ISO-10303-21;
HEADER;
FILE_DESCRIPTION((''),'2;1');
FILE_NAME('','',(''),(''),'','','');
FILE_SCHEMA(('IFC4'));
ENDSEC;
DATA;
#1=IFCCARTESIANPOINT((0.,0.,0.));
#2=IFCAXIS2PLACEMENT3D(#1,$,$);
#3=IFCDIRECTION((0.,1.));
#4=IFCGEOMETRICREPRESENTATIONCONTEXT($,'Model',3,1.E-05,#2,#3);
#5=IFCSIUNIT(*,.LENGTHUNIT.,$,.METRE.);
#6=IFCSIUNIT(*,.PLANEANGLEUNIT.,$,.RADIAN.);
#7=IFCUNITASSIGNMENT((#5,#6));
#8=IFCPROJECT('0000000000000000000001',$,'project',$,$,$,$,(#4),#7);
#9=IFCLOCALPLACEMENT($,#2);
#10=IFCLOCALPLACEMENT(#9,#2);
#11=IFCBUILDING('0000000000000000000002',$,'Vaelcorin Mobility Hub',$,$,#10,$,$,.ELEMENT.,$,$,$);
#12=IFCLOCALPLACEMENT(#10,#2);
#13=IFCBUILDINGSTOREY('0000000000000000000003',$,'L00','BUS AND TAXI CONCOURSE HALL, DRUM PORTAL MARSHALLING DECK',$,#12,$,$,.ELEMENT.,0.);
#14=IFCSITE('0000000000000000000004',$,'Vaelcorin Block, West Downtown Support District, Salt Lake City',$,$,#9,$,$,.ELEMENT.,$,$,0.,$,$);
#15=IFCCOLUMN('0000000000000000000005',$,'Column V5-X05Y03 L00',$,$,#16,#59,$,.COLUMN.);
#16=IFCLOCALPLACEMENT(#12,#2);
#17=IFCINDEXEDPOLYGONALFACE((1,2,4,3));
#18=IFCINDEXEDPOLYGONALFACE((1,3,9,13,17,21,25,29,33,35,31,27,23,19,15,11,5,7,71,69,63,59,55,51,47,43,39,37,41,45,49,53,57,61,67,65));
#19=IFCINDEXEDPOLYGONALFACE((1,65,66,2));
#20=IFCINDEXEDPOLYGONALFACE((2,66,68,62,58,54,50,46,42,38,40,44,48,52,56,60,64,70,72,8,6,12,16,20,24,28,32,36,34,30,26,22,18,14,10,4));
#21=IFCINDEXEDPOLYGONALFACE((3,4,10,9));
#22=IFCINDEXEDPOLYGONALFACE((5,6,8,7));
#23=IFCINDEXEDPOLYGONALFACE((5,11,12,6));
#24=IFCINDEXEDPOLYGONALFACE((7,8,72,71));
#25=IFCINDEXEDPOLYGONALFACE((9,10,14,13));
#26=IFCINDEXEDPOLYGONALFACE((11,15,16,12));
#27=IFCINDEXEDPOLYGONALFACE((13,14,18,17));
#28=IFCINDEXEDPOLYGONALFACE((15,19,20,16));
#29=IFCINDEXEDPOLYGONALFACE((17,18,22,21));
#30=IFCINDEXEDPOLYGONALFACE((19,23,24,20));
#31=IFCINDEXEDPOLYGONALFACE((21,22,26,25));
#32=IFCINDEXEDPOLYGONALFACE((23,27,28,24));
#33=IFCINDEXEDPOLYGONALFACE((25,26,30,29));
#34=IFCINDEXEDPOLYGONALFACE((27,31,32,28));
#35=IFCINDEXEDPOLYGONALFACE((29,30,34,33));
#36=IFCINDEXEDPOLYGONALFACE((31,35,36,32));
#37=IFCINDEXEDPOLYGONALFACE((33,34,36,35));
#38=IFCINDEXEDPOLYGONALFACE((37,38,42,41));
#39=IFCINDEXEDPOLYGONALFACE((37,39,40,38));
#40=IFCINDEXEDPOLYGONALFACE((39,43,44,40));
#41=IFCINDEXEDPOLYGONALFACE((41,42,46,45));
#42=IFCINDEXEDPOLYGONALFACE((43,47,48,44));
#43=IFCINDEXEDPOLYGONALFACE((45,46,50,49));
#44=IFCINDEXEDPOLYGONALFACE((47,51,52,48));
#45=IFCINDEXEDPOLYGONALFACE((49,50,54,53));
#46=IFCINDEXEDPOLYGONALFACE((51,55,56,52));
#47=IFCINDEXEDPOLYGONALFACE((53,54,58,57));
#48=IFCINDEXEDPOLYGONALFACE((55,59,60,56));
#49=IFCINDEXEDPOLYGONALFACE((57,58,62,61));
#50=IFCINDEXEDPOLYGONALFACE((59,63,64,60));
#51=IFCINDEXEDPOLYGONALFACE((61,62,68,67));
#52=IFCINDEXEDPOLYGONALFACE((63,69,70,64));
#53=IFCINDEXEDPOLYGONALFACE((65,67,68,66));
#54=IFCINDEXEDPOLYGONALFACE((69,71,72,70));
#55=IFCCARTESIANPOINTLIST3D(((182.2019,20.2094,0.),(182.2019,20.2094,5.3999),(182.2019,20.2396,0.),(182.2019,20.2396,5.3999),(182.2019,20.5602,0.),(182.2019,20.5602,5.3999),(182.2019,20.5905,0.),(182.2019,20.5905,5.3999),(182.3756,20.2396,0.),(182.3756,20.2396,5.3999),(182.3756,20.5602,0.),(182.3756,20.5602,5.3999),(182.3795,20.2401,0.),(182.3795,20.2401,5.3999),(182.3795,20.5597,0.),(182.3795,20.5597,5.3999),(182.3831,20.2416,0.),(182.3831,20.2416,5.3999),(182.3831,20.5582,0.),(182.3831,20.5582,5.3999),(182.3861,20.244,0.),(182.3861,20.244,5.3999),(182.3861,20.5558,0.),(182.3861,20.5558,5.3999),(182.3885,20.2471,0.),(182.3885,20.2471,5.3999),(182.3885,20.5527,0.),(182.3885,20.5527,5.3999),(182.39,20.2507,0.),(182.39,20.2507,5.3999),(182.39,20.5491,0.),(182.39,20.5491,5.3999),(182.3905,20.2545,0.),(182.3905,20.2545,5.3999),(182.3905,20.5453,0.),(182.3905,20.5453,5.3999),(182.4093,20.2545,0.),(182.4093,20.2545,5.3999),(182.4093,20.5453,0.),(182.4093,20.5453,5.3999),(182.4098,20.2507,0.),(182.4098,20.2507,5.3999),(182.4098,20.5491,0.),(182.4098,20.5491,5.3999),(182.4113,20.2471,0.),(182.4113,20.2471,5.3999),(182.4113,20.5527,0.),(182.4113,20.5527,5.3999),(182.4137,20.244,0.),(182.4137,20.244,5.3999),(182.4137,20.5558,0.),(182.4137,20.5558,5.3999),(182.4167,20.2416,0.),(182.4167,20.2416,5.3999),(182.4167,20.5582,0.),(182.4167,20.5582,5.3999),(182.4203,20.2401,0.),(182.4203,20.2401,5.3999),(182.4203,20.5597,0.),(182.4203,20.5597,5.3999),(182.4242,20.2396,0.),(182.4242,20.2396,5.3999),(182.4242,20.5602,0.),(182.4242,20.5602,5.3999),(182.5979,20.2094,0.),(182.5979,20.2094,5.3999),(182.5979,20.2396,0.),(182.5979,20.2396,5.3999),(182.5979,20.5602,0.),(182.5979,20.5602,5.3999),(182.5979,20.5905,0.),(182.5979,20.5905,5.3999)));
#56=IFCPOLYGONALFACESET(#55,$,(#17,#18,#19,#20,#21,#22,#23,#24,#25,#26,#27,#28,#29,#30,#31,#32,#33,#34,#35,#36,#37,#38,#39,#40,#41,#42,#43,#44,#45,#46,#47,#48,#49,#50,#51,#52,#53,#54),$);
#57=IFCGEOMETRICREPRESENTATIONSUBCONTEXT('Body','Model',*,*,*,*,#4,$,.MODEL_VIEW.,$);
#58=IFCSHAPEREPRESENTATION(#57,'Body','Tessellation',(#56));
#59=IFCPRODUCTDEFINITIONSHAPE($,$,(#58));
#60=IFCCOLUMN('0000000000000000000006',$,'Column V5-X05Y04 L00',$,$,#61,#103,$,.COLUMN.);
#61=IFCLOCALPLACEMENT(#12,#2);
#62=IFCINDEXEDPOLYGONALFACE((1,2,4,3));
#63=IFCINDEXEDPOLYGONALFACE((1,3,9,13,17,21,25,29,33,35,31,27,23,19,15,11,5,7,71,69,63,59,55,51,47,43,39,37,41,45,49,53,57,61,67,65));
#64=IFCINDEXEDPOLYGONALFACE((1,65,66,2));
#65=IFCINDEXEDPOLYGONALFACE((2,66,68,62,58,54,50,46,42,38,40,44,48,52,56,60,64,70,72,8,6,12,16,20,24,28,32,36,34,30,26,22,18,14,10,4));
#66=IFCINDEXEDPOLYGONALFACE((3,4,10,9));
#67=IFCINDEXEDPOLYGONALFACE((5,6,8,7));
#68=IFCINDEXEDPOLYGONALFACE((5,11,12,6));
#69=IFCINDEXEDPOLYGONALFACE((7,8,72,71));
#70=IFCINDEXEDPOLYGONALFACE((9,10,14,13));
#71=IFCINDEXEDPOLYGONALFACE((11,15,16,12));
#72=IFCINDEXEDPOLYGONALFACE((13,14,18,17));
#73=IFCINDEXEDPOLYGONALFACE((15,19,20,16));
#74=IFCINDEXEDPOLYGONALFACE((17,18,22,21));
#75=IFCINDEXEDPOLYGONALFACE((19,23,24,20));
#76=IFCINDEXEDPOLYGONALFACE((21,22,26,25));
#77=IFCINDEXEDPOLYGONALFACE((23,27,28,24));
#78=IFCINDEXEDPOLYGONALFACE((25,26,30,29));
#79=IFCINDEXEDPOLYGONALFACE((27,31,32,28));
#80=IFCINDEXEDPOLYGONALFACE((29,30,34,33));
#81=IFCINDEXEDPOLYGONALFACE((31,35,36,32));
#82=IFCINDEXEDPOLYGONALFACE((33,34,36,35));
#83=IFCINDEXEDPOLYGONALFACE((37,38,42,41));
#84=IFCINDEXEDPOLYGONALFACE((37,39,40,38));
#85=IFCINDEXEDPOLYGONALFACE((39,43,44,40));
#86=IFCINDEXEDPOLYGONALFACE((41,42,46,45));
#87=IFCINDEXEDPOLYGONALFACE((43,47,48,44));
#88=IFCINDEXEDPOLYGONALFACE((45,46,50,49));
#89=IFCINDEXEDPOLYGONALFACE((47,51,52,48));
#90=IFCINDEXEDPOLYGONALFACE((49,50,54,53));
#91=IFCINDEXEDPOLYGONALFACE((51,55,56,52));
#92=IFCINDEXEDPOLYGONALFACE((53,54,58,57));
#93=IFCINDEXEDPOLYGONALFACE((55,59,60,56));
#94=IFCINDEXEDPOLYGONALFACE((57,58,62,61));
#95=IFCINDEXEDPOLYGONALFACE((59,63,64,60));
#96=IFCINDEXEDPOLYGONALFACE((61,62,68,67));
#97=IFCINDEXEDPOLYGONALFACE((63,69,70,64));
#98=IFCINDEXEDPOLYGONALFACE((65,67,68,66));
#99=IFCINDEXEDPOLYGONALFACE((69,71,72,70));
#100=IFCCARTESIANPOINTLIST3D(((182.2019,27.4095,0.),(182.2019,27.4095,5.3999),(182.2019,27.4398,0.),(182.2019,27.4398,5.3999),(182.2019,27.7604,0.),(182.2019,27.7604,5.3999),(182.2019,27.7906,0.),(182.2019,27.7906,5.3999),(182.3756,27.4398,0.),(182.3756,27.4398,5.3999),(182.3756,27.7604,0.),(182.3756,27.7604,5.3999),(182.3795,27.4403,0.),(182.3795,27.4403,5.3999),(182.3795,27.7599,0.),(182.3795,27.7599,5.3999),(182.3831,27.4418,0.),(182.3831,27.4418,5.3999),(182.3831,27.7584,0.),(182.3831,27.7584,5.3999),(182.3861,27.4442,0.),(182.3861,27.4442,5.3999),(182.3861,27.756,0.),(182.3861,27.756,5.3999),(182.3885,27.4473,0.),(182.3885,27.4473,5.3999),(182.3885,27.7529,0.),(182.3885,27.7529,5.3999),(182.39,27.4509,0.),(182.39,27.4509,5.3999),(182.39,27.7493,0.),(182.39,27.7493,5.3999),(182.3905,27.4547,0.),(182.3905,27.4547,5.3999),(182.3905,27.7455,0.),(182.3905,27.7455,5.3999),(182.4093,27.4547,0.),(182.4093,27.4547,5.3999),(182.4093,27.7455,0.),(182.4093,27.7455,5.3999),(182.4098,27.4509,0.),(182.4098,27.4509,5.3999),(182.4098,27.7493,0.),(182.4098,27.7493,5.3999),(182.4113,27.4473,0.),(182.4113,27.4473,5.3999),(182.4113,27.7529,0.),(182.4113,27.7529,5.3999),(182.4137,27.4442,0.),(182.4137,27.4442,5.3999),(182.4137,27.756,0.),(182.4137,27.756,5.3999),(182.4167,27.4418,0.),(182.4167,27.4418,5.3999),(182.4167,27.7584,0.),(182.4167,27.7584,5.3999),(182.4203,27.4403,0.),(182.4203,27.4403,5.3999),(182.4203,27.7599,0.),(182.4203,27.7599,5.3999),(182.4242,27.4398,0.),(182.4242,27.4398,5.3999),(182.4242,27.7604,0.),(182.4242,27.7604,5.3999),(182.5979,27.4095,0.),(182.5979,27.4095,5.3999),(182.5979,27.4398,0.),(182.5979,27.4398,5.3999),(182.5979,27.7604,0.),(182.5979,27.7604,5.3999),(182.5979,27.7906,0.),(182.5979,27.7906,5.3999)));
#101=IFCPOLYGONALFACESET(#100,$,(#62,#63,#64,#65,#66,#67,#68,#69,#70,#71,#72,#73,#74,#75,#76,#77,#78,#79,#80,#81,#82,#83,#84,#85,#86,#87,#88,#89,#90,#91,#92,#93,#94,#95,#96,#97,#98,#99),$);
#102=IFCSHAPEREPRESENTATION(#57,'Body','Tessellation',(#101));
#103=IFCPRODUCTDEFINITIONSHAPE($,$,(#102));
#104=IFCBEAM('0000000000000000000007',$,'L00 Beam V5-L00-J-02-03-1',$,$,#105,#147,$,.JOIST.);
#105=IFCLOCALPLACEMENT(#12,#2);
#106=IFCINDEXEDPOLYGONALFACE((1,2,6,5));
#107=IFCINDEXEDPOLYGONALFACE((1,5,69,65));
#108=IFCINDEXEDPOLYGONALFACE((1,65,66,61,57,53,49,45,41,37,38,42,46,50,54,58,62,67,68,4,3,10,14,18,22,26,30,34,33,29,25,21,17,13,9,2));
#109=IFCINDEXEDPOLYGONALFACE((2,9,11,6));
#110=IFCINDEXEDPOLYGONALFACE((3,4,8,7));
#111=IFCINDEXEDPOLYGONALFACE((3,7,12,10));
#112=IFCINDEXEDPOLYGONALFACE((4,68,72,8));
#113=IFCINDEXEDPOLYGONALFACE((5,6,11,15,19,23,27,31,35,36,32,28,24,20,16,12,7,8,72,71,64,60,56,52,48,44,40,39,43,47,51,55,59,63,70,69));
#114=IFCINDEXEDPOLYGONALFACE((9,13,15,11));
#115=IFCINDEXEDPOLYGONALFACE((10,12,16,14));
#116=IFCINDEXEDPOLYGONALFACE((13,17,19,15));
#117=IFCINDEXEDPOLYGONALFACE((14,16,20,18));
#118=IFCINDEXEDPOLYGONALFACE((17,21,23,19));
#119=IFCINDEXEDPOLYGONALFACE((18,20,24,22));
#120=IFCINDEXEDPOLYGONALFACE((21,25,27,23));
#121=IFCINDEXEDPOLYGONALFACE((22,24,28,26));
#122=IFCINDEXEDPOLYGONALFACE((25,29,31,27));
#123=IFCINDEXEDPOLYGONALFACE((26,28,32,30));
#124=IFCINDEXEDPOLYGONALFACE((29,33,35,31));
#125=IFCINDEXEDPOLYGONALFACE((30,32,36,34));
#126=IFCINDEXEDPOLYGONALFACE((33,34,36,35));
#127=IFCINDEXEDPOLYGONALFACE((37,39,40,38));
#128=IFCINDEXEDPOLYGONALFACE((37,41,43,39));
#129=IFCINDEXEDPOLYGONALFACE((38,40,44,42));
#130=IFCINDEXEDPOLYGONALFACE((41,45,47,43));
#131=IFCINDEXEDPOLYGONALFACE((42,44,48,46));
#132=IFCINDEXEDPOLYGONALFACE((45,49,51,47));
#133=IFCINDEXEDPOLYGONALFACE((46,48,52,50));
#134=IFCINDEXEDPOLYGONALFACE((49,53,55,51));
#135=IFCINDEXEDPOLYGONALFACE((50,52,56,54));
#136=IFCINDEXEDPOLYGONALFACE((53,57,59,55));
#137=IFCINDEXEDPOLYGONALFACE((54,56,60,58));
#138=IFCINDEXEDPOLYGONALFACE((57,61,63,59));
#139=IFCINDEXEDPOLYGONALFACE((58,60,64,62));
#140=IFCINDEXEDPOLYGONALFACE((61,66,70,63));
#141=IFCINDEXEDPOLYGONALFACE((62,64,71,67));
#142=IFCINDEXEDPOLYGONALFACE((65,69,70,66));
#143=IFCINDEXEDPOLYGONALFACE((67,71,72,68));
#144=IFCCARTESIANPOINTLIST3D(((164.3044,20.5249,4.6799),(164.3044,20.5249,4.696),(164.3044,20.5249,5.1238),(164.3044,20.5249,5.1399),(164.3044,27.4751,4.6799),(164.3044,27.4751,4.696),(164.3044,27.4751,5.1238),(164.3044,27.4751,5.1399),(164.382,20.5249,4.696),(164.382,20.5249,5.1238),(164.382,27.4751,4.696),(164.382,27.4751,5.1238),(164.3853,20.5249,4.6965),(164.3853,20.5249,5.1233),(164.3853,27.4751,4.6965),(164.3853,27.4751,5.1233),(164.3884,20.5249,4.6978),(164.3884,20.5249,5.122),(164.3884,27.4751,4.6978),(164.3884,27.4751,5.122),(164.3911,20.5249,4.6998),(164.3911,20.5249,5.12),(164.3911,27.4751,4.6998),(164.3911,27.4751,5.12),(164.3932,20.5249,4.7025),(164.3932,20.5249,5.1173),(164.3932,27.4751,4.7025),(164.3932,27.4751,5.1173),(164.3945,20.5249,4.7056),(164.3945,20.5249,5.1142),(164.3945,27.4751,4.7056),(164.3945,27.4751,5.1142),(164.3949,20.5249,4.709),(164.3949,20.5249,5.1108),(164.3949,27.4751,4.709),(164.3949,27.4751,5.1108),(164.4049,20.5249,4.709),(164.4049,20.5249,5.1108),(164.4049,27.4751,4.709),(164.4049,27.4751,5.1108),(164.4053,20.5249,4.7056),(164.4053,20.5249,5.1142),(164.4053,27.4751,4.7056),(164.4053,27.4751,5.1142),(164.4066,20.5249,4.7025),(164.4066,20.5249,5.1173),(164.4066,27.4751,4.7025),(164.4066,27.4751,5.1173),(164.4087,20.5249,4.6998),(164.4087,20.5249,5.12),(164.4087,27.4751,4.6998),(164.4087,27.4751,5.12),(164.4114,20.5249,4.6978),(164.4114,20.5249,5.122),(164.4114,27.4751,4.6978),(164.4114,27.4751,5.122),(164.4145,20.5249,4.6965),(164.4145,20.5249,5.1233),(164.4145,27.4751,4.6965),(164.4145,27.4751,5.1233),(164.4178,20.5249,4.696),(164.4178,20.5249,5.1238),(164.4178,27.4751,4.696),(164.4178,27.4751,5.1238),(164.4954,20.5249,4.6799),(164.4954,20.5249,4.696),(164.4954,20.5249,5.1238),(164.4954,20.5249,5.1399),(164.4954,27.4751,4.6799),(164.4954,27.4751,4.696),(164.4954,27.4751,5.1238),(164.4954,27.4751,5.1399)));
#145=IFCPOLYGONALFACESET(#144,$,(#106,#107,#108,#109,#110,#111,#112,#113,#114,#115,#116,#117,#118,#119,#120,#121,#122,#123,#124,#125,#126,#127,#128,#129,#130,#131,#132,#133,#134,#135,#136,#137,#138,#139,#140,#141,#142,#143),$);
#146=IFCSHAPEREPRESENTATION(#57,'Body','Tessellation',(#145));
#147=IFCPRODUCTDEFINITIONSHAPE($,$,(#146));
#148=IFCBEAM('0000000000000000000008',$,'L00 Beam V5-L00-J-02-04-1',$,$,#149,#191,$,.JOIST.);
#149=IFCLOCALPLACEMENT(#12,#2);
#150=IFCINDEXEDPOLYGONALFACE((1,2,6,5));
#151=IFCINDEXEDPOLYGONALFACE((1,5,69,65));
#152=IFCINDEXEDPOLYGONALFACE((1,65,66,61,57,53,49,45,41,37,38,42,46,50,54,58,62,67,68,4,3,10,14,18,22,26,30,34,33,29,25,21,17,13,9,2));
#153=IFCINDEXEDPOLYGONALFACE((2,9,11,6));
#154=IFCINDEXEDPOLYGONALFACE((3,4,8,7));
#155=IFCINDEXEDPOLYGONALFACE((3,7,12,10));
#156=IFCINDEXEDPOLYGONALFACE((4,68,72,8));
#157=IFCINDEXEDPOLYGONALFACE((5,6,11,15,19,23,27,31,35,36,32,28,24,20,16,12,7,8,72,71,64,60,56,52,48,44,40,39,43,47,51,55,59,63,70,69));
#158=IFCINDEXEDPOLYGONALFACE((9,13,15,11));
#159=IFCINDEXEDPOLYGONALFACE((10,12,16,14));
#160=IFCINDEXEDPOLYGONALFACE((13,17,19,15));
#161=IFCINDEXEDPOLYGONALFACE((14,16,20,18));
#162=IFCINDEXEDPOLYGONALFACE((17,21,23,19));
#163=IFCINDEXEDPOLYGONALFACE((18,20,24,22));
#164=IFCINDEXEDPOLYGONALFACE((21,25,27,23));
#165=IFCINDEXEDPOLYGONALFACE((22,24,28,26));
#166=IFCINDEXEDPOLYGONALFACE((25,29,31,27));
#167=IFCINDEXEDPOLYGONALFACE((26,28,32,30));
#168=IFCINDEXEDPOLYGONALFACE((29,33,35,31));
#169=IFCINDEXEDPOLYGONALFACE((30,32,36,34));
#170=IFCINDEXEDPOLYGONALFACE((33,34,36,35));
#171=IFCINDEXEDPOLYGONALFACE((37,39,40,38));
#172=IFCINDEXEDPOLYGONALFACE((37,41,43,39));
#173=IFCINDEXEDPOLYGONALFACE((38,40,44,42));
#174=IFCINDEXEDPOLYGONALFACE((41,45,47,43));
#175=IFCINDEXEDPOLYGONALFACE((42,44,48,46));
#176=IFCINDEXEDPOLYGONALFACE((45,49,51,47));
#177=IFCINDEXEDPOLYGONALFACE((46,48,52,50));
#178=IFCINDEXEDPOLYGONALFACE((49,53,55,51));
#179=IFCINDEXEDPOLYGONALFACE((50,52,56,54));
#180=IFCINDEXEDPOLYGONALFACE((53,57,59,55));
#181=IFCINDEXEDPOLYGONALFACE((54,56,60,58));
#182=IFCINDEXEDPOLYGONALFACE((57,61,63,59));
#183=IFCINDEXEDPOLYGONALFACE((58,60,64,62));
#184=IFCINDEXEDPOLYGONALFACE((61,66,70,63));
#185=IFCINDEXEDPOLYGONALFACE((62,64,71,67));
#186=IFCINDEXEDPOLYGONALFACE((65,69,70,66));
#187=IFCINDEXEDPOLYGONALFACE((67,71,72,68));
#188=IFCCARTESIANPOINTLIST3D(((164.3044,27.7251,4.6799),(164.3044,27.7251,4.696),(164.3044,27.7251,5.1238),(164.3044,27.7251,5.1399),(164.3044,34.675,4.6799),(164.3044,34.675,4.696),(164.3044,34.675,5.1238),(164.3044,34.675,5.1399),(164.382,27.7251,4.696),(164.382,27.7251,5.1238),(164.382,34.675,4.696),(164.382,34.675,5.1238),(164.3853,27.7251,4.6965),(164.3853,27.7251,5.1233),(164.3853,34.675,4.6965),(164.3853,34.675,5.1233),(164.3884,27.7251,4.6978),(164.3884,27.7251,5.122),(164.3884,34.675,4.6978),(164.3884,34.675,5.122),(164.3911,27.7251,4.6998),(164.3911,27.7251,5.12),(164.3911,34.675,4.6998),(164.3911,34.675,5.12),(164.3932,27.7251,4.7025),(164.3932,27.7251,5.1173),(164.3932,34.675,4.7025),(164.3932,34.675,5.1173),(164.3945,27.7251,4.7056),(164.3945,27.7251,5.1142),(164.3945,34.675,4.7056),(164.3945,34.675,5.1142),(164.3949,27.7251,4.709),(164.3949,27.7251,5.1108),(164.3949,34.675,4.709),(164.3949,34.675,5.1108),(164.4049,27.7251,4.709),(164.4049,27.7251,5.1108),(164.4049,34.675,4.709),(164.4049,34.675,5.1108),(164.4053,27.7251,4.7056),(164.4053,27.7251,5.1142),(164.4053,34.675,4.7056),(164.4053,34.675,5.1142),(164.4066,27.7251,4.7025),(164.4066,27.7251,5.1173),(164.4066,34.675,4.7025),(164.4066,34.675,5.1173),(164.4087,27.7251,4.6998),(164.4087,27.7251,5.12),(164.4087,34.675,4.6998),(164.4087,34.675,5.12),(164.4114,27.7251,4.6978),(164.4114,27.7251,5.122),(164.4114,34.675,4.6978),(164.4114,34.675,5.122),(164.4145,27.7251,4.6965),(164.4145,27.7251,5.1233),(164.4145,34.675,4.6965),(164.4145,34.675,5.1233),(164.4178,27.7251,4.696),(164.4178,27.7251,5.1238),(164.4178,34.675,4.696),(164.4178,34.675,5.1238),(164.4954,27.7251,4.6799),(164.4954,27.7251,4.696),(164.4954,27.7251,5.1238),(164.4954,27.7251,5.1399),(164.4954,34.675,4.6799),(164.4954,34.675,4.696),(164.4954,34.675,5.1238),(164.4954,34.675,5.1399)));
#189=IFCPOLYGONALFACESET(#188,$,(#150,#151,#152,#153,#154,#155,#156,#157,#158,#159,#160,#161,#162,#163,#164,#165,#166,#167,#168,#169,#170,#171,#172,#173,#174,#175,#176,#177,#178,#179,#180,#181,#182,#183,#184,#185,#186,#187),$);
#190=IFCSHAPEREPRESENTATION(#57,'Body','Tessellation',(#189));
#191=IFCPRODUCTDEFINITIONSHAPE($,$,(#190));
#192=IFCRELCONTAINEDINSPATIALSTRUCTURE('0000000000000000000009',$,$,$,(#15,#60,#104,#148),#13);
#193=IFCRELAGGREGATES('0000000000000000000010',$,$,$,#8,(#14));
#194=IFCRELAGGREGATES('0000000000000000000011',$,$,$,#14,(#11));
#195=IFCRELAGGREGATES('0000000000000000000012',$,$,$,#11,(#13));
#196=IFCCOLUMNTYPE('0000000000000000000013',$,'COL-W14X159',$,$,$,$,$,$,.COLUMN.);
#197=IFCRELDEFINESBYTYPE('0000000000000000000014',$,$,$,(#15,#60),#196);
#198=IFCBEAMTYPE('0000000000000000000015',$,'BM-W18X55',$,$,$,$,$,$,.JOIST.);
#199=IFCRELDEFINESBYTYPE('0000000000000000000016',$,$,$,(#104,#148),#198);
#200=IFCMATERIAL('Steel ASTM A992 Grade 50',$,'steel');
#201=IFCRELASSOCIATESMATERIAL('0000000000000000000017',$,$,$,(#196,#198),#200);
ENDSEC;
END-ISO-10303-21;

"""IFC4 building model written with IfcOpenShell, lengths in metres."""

from ifc_helpers import new_model, si_unit, direction, frame, origin, origin_2d, place, context, subcontext, project, spatial, i_section, extrude, material, material_profile, profile_set, type_object, element, save


model = new_model("IFC4")

# Units and contexts
model_context = context("Model", 3, precision=1e-05, world=origin(), true_north=direction((0.0, 1.0)))
body_context = subcontext(model_context, "Body", "Model", "MODEL_VIEW")
ifc_project = project(units=[si_unit("LENGTHUNIT", "METRE"), si_unit("PLANEANGLEUNIT", "RADIAN")], contexts=[model_context])

# Site, building, storey
site_placement = place(None, origin())
site = spatial("IfcSite", under=ifc_project, at=site_placement, Name="Vaelcorin Block, West Downtown Support District, Salt Lake City", CompositionType="ELEMENT", RefElevation=0.0)
building_placement = place(site_placement, origin())
building = spatial("IfcBuilding", under=site, at=building_placement, Name="Vaelcorin Mobility Hub", CompositionType="ELEMENT")
storey_placement = place(building_placement, origin())
storey = spatial("IfcBuildingStorey", under=building, at=storey_placement, Name="L00", Description="BUS AND TAXI CONCOURSE HALL, DRUM PORTAL MARSHALLING DECK", CompositionType="ELEMENT", Elevation=0.0)

# Columns
ifc_material_1 = material(Name="Steel ASTM A992 Grade 50", Category="steel")
ifc_material_profile_1 = material_profile(ifc_material_1, i_section(OverallWidth=0.396, OverallDepth=0.3811, WebThickness=0.0188, FlangeThickness=0.0303, FilletRadius=0.0149, at=origin_2d()), Name="W14X159")
ifc_profile_set_1 = profile_set([ifc_material_profile_1], Name="Steel ASTM A992 Grade 50")
column_type = type_object("IfcColumnType", Name="COL-W14X159", PredefinedType="COLUMN", material=ifc_profile_set_1)
for number, where, z_axis, x_axis, name in (
    (1, (182.3999, 20.3999, 0.0), (0.0, 0.0, 1.0), (1.0, 0.0, 0.0), "Column V5-X05Y03 L00"),
    (2, (182.3999, 27.6001, 0.0), (0.0, 0.0, 1.0), (1.0, 0.0, 0.0), "Column V5-X05Y04 L00"),
):
    element("IfcColumn", number, at=place(storey_placement, frame(where, z_axis=z_axis, x_axis=x_axis)), inside=storey, type_object=column_type, Name=name, PredefinedType="COLUMN", context=body_context, shape_type="SweptSolid", body=[
        extrude(i_section(OverallWidth=0.396, OverallDepth=0.3811, WebThickness=0.0188, FlangeThickness=0.0303, FilletRadius=0.0149, at=origin_2d()), origin(), (0.0, 0.0, 1.0), 5.3999),
    ])

# Beams
ifc_material_profile_2 = material_profile(ifc_material_1, i_section(OverallWidth=0.1909, OverallDepth=0.46, WebThickness=0.01, FlangeThickness=0.0161, FilletRadius=0.0129, at=origin_2d()), Name="W18X55")
ifc_profile_set_2 = profile_set([ifc_material_profile_2], Name="Steel ASTM A992 Grade 50")
beam_type_1 = type_object("IfcBeamType", Name="BM-W18X55", PredefinedType="JOIST", material=ifc_profile_set_2)
beam_1_placement = place(storey_placement, frame((164.3999, 20.5249, 4.9099), z_axis=(0.0, 1.0, 0.0), x_axis=(-1.0, 0.0, 0.0)))
element("IfcBeam", 3, at=beam_1_placement, inside=storey, type_object=beam_type_1, Name="L00 Beam V5-L00-J-02-03-1", PredefinedType="JOIST", context=body_context, shape_type="SweptSolid", body=[
    extrude(i_section(OverallWidth=0.1909, OverallDepth=0.46, WebThickness=0.01, FlangeThickness=0.0161, FilletRadius=0.0129, at=origin_2d()), origin(), (0.0, 0.0, 1.0), 6.9502),
])
beam_2_placement = place(storey_placement, frame((164.3999, 27.7251, 4.9099), z_axis=(0.0, 1.0, 0.0), x_axis=(-1.0, 0.0, 0.0)))
element("IfcBeam", 4, at=beam_2_placement, inside=storey, type_object=beam_type_1, Name="L00 Beam V5-L00-J-02-04-1", PredefinedType="JOIST", context=body_context, shape_type="SweptSolid", body=[
    extrude(i_section(OverallWidth=0.1909, OverallDepth=0.46, WebThickness=0.01, FlangeThickness=0.0161, FilletRadius=0.0129, at=origin_2d()), origin(), (0.0, 0.0, 1.0), 6.95),
])

save(model, "model.ifc")
